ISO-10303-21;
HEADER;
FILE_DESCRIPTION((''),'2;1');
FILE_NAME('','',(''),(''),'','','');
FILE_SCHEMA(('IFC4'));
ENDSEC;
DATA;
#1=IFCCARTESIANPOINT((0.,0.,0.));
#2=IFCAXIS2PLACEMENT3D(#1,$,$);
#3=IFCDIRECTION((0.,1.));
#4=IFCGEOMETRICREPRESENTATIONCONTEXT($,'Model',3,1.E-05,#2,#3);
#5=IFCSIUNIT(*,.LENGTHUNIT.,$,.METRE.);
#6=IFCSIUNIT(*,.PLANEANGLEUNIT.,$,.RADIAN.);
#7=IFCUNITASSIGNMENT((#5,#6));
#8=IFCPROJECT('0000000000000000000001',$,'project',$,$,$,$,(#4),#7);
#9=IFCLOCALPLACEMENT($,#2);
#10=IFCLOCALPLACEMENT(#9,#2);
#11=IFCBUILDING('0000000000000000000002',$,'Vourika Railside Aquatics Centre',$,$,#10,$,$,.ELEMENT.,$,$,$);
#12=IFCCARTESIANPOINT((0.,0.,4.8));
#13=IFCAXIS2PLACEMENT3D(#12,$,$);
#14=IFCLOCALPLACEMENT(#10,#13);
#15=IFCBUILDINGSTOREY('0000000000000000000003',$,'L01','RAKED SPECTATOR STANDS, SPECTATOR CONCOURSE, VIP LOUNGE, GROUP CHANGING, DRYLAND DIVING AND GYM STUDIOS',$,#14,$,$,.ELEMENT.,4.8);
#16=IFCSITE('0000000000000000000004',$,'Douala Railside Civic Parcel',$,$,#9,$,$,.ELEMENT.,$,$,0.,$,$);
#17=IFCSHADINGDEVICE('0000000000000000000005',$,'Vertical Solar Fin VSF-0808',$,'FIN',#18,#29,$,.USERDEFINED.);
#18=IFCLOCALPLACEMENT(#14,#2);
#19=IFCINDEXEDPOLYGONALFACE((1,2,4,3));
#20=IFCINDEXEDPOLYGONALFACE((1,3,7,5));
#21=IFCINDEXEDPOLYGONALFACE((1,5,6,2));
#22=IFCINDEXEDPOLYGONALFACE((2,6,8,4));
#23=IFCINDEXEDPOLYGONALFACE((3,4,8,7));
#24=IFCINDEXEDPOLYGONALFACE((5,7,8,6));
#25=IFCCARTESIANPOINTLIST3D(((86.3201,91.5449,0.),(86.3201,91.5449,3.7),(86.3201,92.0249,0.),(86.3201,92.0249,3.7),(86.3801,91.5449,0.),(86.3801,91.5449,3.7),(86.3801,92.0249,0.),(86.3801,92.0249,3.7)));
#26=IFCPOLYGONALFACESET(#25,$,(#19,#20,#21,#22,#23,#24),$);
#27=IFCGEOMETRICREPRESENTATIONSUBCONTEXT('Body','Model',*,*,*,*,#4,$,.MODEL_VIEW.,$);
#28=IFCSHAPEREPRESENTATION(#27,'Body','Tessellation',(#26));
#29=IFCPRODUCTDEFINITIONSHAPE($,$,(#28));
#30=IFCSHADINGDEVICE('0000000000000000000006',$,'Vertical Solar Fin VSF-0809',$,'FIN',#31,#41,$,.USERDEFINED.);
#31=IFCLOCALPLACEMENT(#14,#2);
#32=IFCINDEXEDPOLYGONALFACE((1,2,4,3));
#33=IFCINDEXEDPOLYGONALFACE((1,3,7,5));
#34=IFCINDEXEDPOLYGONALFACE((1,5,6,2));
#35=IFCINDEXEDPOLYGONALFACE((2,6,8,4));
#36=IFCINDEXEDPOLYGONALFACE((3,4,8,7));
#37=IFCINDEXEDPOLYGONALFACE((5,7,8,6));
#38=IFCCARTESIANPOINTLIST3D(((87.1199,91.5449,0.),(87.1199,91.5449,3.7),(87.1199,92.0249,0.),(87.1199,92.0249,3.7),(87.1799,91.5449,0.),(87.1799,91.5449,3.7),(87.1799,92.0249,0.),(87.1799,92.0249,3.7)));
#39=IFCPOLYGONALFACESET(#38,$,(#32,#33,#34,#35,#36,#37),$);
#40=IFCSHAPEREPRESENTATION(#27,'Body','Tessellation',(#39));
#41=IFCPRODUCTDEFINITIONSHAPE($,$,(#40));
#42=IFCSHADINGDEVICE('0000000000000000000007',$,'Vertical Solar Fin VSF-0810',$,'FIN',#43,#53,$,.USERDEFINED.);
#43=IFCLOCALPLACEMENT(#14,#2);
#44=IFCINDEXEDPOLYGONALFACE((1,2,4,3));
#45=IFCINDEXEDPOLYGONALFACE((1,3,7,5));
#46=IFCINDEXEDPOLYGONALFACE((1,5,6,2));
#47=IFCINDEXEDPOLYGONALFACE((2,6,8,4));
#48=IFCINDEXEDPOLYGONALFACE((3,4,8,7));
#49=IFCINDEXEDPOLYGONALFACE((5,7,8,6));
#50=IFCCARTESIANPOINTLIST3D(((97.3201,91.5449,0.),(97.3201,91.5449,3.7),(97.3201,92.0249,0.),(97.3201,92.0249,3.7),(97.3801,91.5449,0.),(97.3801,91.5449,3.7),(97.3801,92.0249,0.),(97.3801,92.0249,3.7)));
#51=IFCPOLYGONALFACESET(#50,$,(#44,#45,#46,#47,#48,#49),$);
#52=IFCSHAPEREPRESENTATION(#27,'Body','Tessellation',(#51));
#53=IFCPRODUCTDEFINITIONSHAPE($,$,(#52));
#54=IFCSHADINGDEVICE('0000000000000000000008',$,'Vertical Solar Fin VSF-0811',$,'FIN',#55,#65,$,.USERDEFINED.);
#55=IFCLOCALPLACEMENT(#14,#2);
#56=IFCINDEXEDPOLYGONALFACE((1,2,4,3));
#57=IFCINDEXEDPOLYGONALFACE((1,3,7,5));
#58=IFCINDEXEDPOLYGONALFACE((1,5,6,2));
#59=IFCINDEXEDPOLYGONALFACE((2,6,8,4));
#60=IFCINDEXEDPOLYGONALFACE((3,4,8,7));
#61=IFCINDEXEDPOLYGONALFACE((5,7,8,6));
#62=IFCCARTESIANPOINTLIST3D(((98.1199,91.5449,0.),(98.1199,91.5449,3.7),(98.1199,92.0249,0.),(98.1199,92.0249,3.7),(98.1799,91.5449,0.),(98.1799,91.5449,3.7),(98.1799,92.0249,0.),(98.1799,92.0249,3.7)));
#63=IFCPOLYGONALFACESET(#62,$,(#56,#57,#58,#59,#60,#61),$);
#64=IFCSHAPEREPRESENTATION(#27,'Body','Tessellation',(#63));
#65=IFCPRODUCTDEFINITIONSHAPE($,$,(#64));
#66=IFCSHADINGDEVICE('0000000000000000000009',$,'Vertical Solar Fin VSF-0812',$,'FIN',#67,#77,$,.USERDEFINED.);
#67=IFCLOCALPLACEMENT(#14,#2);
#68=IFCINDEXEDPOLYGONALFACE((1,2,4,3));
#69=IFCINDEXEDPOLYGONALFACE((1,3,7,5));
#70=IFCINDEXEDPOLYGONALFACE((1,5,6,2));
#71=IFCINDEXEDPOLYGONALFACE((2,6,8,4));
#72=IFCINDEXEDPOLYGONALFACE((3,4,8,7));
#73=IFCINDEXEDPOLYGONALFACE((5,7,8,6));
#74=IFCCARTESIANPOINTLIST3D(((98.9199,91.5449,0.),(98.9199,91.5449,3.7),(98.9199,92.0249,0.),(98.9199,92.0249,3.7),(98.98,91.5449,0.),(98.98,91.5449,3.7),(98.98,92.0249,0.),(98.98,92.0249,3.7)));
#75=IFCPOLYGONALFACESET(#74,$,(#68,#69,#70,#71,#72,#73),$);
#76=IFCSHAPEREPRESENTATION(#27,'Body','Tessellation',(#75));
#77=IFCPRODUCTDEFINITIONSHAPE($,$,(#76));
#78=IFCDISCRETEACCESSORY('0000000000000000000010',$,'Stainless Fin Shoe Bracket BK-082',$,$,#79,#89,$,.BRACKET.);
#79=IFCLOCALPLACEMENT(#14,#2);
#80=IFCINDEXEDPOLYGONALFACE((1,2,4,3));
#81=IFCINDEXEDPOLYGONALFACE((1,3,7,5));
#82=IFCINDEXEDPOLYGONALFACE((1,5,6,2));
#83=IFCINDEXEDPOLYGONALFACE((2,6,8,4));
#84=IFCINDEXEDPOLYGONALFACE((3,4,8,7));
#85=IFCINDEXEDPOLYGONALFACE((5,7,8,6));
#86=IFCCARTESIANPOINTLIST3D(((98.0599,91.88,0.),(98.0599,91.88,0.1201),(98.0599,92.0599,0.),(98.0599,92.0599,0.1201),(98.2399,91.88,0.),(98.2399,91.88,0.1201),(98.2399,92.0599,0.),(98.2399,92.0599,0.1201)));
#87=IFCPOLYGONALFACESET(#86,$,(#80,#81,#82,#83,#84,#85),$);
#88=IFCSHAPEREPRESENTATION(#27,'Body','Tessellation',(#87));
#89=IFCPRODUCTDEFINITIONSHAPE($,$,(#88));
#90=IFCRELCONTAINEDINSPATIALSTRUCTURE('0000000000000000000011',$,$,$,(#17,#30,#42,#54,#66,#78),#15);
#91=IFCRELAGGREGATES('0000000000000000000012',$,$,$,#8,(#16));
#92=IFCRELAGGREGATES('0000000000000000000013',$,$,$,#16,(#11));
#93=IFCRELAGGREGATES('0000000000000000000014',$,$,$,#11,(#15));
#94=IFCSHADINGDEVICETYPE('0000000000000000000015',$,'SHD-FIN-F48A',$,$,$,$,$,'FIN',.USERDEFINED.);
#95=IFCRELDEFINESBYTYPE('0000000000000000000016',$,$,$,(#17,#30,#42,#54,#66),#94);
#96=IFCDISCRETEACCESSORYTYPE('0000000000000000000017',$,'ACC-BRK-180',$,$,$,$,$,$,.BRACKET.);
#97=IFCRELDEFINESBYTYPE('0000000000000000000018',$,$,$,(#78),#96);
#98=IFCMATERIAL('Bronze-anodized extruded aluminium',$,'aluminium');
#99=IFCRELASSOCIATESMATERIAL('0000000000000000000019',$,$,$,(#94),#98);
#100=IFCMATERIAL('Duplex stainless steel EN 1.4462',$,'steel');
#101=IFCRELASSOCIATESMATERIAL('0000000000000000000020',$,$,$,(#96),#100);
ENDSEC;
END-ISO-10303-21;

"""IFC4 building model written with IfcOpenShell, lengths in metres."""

from ifc_helpers import new_model, si_unit, direction, frame, origin, origin_2d, place, context, subcontext, project, spatial, rectangle, extrude, material, material_profile, profile_set, type_object, element, save


model = new_model("IFC4")

# Units and contexts
model_context = context("Model", 3, precision=1e-05, world=origin(), true_north=direction((0.0, 1.0)))
body_context = subcontext(model_context, "Body", "Model", "MODEL_VIEW")
ifc_project = project(units=[si_unit("LENGTHUNIT", "METRE"), si_unit("PLANEANGLEUNIT", "RADIAN")], contexts=[model_context])

# Site, building, storey
site_placement = place(None, origin())
site = spatial("IfcSite", under=ifc_project, at=site_placement, Name="Douala Railside Civic Parcel", CompositionType="ELEMENT", RefElevation=0.0)
building_placement = place(site_placement, origin())
building = spatial("IfcBuilding", under=site, at=building_placement, Name="Vourika Railside Aquatics Centre", CompositionType="ELEMENT")
storey_placement = place(building_placement, frame((0.0, 0.0, 4.8)))
storey = spatial("IfcBuildingStorey", under=building, at=storey_placement, Name="L01", Description="RAKED SPECTATOR STANDS, SPECTATOR CONCOURSE, VIP LOUNGE, GROUP CHANGING, DRYLAND DIVING AND GYM STUDIOS", CompositionType="ELEMENT", Elevation=4.8)

# Shading devices
ifc_material_1 = material(Name="Bronze-anodized extruded aluminium", Category="aluminium")
ifc_material_profile_1 = material_profile(ifc_material_1, rectangle(XDim=0.0601, YDim=0.48, at=origin_2d()), Name="ALU-FIN 60x480")
ifc_profile_set_1 = profile_set([ifc_material_profile_1], Name="Bronze-anodized extruded aluminium")
shading_device_type = type_object("IfcShadingDeviceType", Name="SHD-FIN-F48A", ElementType="FIN", PredefinedType="USERDEFINED", material=ifc_profile_set_1)
for number, where, z_axis, x_axis, name in (
    (1, (86.3501, 91.7849, 0.0), (0.0, 0.0, 1.0), (-1.0, 0.0, 0.0), "Vertical Solar Fin VSF-0808"),
    (2, (87.1499, 91.7849, 0.0), (0.0, 0.0, 1.0), (-1.0, 0.0, 0.0), "Vertical Solar Fin VSF-0809"),
    (3, (97.3501, 91.7849, 0.0), (0.0, 0.0, 1.0), (-1.0, 0.0, 0.0), "Vertical Solar Fin VSF-0810"),
    (4, (98.1499, 91.7849, 0.0), (0.0, 0.0, 1.0), (-1.0, 0.0, 0.0), "Vertical Solar Fin VSF-0811"),
    (5, (98.95, 91.7849, 0.0), (0.0, 0.0, 1.0), (-1.0, 0.0, 0.0), "Vertical Solar Fin VSF-0812"),
):
    element("IfcShadingDevice", number, at=place(storey_placement, frame(where, z_axis=z_axis, x_axis=x_axis)), inside=storey, type_object=shading_device_type, Name=name, ObjectType="FIN", PredefinedType="USERDEFINED", context=body_context, shape_type="SweptSolid", body=[
        extrude(rectangle(XDim=0.0601, YDim=0.48, at=origin_2d()), origin(), (0.0, 0.0, 1.0), 3.7),
    ])

# Discrete accessory
ifc_material_2 = material(Name="Duplex stainless steel EN 1.4462", Category="steel")
discrete_accessory_type = type_object("IfcDiscreteAccessoryType", Name="ACC-BRK-180", PredefinedType="BRACKET", material=ifc_material_2)
discrete_accessory_placement = place(storey_placement, frame((98.1499, 91.97, 0.0), z_axis=(0.0, 0.0, 1.0), x_axis=(0.0, -1.0, 0.0)))
element("IfcDiscreteAccessory", 6, at=discrete_accessory_placement, inside=storey, type_object=discrete_accessory_type, Name="Stainless Fin Shoe Bracket BK-082", PredefinedType="BRACKET", context=body_context, shape_type="SweptSolid", body=[
    extrude(rectangle(XDim=0.1799, YDim=0.1799, at=origin_2d()), origin(), (0.0, 0.0, 1.0), 0.1201),
])

save(model, "model.ifc")
